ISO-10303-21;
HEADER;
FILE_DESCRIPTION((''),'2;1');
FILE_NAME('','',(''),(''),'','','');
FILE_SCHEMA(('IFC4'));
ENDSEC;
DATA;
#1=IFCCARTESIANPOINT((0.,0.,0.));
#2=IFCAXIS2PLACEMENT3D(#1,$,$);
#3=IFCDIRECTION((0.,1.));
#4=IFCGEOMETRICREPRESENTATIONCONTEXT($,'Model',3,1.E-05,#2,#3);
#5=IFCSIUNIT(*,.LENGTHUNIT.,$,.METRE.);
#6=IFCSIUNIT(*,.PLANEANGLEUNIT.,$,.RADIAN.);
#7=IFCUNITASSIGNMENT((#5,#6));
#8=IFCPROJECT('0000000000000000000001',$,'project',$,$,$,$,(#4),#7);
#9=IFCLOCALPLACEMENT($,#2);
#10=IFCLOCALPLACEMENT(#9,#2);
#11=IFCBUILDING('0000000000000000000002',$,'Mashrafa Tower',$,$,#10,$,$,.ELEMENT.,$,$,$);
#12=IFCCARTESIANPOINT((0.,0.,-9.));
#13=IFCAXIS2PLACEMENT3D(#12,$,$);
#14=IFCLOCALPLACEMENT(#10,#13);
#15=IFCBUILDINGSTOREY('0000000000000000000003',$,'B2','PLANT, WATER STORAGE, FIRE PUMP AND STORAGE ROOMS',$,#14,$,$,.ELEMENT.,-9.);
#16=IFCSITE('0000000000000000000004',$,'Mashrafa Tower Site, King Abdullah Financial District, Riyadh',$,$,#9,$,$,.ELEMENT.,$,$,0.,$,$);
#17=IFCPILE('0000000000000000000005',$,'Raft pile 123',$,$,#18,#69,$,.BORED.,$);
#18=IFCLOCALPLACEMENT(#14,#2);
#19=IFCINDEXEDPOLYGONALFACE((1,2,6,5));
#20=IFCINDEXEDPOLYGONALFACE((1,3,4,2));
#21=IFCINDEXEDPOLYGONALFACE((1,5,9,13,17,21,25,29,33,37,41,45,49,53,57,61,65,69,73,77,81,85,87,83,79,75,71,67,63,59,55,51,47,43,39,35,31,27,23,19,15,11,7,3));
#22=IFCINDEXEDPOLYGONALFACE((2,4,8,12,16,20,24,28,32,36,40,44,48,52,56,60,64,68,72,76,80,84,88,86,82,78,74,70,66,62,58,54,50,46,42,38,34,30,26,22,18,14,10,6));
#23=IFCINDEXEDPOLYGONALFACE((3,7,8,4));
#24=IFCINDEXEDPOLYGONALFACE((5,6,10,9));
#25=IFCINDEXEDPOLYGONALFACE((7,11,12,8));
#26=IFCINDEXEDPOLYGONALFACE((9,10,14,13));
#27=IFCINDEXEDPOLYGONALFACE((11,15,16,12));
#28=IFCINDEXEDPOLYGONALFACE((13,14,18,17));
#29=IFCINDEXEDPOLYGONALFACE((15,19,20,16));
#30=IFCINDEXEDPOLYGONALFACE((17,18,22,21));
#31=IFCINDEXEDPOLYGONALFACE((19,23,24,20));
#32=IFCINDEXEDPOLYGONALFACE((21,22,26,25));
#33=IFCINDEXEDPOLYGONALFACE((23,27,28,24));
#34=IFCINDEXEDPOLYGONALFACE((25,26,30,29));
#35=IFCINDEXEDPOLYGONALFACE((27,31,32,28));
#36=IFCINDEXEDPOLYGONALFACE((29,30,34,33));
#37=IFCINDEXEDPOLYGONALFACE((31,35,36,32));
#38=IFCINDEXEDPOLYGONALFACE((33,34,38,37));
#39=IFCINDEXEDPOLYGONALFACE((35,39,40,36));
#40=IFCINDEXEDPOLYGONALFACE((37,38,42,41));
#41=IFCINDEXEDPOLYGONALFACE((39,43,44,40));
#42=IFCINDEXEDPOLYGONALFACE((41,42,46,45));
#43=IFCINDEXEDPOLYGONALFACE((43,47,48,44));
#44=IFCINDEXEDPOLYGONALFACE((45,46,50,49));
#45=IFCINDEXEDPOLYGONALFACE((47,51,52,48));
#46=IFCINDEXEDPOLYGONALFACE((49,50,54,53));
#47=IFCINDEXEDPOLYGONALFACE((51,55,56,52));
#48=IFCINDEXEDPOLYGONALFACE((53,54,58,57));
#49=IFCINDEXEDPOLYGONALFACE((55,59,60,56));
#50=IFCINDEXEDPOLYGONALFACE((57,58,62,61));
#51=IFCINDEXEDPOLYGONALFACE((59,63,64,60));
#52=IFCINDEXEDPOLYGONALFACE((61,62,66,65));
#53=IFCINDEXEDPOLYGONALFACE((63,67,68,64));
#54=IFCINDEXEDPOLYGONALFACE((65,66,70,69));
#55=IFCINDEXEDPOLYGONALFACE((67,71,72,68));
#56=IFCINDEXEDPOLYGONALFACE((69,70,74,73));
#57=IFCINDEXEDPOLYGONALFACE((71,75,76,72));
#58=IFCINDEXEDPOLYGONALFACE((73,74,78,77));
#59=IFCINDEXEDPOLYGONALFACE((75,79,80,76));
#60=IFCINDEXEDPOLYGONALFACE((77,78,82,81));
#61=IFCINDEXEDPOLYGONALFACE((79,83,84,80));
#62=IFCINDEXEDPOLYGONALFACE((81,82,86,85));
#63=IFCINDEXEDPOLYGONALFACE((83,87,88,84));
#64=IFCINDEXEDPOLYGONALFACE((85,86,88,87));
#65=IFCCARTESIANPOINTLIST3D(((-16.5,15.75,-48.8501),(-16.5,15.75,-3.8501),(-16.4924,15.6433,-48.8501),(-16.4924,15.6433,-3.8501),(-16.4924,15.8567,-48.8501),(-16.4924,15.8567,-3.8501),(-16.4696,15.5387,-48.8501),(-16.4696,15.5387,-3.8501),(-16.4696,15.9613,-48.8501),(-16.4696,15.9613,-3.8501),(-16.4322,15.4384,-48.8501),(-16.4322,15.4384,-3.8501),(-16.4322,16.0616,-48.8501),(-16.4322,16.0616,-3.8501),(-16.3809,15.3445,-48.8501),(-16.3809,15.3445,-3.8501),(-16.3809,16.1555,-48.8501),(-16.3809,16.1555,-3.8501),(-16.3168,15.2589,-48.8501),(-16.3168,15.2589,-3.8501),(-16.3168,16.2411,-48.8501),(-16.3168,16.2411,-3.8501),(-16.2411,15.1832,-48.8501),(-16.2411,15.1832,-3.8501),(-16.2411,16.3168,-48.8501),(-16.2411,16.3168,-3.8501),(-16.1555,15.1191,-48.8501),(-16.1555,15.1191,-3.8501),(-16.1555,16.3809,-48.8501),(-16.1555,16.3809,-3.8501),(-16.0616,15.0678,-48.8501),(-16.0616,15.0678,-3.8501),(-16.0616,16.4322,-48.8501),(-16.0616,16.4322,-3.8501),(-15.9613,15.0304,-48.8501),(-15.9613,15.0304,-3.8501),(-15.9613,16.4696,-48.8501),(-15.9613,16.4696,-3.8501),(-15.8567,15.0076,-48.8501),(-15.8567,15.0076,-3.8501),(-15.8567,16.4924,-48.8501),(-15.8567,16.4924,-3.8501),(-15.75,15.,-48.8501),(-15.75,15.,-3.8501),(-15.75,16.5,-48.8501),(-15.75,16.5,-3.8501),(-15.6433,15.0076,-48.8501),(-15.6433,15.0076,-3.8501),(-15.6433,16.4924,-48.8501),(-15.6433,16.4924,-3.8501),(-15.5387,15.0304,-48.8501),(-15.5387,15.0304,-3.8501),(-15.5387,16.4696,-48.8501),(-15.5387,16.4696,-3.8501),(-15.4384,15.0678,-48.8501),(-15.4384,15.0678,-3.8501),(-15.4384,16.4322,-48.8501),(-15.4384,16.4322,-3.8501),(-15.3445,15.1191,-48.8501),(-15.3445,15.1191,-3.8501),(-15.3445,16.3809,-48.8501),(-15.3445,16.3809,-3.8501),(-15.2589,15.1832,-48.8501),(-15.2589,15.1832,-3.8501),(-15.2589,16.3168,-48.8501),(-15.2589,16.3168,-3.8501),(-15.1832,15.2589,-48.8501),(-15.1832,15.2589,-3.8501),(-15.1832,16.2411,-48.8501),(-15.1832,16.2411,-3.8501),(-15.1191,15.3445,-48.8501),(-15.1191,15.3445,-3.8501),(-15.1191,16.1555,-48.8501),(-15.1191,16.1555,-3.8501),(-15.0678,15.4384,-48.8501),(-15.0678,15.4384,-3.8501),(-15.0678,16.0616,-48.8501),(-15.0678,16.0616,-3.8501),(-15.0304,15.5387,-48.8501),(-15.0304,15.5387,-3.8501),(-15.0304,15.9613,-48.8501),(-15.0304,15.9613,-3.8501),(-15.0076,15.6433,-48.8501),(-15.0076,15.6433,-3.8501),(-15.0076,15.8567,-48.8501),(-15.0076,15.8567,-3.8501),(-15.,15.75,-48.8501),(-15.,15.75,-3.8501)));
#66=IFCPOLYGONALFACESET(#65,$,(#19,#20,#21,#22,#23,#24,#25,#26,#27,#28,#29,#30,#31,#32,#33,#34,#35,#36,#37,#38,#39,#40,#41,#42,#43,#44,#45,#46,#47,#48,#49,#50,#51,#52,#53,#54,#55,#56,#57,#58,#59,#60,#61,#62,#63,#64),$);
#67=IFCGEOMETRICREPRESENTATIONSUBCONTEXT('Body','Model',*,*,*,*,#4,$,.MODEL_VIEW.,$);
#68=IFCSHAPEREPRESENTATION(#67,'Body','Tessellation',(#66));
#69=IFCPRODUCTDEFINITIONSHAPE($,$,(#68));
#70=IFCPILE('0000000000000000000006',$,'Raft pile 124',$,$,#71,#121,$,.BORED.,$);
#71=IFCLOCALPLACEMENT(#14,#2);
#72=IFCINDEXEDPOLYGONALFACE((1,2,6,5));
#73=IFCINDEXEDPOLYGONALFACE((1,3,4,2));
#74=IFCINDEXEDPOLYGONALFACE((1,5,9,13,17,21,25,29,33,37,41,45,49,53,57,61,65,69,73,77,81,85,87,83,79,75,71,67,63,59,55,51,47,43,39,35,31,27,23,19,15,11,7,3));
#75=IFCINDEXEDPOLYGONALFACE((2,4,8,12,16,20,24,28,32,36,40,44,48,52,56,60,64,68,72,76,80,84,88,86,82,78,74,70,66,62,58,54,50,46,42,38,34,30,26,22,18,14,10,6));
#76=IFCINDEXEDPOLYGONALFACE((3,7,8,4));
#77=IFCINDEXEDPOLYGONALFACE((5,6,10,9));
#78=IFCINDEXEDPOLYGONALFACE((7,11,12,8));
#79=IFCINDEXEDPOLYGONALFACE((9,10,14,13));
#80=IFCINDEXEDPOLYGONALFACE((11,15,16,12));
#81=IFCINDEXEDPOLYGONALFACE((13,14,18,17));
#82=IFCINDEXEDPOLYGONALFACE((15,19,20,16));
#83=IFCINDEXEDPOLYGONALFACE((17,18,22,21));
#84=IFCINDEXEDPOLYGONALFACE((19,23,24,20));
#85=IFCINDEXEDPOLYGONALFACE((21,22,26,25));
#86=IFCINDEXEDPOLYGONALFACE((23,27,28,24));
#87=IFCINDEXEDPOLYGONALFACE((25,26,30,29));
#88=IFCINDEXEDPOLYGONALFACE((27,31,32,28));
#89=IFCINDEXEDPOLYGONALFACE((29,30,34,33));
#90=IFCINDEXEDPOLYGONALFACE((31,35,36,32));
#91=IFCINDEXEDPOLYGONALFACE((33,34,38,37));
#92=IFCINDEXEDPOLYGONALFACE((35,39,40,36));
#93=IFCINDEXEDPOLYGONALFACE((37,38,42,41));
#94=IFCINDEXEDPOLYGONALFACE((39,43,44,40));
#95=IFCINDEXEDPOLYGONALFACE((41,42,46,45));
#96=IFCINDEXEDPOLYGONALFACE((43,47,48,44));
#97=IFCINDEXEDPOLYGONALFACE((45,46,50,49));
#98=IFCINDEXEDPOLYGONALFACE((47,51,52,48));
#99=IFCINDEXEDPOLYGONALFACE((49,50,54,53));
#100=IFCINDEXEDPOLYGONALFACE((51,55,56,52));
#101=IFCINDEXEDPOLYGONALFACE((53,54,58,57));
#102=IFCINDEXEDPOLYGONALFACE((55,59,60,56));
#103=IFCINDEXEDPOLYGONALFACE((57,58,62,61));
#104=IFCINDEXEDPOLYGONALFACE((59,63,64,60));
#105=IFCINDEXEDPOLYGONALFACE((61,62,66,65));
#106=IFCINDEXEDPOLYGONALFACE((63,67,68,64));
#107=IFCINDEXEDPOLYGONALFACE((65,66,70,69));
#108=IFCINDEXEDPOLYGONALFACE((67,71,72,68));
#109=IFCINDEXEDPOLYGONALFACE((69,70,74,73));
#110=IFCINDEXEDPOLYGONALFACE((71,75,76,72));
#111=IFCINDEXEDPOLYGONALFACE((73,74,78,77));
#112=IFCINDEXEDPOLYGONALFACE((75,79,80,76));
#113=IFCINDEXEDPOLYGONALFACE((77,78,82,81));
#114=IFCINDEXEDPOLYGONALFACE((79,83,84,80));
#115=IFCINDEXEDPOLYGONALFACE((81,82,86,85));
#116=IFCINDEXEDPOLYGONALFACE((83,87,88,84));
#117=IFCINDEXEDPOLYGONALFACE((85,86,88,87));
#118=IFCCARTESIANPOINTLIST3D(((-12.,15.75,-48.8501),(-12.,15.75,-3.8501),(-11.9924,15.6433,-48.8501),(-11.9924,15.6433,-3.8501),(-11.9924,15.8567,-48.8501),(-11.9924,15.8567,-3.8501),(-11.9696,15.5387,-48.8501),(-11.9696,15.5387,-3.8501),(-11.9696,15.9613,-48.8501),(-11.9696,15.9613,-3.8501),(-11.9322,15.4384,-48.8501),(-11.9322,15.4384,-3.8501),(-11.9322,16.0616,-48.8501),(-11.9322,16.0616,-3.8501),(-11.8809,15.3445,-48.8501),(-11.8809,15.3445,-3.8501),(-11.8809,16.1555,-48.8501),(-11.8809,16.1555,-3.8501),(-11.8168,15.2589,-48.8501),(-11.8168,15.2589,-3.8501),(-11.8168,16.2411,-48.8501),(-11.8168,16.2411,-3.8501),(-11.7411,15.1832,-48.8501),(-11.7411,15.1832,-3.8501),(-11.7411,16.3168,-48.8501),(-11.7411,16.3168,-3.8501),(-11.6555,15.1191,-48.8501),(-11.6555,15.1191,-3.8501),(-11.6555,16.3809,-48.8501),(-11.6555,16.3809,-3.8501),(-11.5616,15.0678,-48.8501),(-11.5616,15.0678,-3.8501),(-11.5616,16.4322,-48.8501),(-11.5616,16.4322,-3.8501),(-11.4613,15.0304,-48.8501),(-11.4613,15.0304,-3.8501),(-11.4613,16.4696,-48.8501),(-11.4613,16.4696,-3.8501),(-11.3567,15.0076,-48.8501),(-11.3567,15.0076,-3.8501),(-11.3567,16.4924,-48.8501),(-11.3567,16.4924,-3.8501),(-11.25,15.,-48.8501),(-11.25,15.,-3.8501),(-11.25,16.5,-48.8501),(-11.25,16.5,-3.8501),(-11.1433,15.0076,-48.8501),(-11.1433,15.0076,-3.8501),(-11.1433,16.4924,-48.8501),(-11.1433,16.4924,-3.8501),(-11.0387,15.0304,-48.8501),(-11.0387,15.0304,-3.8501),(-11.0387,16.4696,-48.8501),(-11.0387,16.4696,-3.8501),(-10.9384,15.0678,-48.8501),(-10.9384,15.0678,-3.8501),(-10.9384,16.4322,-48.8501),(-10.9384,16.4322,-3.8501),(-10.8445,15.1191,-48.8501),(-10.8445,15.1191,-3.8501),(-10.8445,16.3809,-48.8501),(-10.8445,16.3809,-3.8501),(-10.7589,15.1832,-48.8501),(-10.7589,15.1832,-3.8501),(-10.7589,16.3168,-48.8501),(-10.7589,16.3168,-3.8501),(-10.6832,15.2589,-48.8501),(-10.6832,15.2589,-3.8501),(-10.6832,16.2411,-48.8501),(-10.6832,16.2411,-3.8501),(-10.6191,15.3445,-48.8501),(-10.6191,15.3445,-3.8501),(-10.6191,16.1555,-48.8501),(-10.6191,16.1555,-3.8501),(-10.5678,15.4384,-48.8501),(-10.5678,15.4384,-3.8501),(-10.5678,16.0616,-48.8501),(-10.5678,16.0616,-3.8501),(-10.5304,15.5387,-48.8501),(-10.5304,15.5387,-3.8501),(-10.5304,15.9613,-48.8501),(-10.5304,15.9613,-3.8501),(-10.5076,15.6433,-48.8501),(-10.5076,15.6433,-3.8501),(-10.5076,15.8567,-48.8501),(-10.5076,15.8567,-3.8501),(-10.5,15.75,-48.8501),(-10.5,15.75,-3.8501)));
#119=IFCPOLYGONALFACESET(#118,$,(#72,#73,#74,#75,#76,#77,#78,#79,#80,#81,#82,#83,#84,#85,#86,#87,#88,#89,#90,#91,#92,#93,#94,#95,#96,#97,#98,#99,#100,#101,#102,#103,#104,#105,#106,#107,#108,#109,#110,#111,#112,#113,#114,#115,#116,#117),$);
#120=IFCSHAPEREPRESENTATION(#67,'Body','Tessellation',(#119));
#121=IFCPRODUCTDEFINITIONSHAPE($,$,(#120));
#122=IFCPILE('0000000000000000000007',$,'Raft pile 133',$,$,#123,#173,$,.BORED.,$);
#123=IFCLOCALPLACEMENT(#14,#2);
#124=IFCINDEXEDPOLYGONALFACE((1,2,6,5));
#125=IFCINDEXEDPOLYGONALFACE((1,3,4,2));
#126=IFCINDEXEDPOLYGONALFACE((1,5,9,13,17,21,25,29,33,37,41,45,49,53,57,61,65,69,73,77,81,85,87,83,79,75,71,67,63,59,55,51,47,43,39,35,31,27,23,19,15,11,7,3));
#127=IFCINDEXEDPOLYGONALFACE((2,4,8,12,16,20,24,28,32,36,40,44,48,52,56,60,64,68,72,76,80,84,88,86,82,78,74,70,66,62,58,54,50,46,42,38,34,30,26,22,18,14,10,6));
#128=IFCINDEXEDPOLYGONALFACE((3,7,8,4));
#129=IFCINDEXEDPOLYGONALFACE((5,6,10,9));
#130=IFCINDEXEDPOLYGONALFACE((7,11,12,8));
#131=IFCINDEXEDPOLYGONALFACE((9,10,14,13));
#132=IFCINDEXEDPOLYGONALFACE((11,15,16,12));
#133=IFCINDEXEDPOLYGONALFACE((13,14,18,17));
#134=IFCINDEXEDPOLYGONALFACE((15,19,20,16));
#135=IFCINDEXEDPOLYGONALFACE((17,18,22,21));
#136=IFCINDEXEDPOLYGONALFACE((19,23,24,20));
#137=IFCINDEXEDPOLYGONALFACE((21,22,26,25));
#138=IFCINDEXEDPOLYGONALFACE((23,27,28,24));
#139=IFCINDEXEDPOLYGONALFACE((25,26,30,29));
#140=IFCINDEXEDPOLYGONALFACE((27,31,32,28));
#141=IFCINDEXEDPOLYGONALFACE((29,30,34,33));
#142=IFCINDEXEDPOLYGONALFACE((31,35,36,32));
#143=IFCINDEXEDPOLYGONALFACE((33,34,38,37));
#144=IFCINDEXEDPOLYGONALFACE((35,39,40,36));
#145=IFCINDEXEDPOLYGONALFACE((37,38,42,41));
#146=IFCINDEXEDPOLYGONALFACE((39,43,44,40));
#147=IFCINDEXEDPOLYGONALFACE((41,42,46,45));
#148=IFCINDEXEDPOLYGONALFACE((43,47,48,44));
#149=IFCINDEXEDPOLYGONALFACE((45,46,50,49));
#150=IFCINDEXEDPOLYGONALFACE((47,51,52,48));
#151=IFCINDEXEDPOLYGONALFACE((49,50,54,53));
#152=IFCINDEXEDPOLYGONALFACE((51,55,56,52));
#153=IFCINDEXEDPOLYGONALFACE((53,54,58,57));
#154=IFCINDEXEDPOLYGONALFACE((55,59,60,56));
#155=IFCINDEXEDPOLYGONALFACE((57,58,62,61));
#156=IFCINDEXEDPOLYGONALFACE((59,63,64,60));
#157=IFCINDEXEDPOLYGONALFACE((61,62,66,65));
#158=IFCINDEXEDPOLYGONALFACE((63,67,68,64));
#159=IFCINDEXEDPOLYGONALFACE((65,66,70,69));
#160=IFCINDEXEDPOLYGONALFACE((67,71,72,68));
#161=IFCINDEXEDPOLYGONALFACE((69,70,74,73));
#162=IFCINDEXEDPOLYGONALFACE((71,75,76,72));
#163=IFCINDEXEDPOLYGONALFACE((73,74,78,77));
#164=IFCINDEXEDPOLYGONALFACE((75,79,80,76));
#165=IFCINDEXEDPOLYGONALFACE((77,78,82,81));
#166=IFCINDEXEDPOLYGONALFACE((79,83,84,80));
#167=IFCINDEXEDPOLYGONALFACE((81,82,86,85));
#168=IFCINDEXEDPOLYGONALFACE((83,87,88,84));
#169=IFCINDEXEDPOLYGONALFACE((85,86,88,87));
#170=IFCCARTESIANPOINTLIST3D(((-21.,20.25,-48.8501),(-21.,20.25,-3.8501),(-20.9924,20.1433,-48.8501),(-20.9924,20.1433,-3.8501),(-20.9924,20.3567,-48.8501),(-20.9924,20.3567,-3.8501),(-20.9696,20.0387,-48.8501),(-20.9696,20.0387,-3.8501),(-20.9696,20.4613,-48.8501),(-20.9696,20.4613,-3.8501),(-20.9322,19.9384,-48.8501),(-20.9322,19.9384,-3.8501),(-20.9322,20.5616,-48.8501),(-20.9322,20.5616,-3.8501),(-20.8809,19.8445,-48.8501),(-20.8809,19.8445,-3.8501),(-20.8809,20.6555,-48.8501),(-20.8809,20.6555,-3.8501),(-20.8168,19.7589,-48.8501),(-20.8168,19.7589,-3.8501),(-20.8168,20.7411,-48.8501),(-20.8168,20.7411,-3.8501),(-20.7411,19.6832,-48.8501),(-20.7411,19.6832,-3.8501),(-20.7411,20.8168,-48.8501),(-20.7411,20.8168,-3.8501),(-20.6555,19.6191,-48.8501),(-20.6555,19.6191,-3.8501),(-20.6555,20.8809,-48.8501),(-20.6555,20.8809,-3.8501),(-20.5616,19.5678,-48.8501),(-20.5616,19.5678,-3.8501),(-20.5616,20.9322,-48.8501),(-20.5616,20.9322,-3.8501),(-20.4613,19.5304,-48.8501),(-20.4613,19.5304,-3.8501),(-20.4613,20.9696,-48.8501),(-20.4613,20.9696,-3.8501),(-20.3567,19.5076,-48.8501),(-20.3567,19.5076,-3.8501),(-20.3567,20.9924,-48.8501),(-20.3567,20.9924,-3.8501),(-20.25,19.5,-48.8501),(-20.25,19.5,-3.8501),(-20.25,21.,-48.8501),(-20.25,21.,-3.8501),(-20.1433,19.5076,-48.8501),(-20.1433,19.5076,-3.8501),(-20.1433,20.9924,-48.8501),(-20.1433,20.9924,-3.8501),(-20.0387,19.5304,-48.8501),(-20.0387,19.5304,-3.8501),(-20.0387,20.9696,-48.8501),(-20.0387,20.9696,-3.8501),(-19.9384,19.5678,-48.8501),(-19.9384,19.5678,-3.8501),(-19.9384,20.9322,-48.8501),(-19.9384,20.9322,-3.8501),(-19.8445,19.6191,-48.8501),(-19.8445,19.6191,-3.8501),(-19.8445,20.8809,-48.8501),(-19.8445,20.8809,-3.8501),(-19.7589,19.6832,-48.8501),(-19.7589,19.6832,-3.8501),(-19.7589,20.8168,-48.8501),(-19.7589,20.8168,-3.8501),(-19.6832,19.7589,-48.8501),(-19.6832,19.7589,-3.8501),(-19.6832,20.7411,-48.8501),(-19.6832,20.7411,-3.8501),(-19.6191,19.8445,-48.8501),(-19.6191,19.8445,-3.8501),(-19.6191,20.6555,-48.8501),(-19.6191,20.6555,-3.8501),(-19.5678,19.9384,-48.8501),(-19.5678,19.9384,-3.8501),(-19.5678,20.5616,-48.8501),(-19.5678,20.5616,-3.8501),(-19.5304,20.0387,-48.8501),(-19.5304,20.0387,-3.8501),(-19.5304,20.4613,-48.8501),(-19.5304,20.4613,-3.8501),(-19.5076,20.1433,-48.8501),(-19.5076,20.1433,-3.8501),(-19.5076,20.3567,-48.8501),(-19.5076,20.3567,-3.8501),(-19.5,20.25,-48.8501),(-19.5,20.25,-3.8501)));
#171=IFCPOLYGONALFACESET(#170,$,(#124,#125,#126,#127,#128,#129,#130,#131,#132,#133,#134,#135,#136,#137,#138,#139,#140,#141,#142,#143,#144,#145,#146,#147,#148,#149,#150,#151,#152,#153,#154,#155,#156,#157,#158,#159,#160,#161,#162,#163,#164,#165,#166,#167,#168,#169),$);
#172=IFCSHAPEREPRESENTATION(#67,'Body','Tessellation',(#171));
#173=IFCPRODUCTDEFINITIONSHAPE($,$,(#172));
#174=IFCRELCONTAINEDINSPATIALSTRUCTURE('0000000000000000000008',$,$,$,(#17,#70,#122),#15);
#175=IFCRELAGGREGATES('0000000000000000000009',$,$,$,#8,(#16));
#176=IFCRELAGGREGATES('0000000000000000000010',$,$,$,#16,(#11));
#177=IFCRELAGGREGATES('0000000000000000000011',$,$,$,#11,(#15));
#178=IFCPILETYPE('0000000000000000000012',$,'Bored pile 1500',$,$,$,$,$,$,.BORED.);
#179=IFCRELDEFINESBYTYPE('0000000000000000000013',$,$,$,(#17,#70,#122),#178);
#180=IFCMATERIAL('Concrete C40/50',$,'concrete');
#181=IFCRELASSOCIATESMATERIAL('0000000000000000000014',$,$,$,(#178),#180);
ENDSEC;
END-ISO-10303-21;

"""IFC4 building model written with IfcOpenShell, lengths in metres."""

from ifc_helpers import new_model, si_unit, direction, frame, origin, origin_2d, place, context, subcontext, project, spatial, circle, extrude, material, material_profile, profile_set, type_object, element, save


model = new_model("IFC4")

# Units and contexts
model_context = context("Model", 3, precision=1e-05, world=origin(), true_north=direction((0.0, 1.0)))
body_context = subcontext(model_context, "Body", "Model", "MODEL_VIEW")
ifc_project = project(units=[si_unit("LENGTHUNIT", "METRE"), si_unit("PLANEANGLEUNIT", "RADIAN")], contexts=[model_context])

# Site, building, storey
site_placement = place(None, origin())
site = spatial("IfcSite", under=ifc_project, at=site_placement, Name="Mashrafa Tower Site, King Abdullah Financial District, Riyadh", CompositionType="ELEMENT", RefElevation=0.0)
building_placement = place(site_placement, origin())
building = spatial("IfcBuilding", under=site, at=building_placement, Name="Mashrafa Tower", CompositionType="ELEMENT")
storey_placement = place(building_placement, frame((0.0, 0.0, -9.0)))
storey = spatial("IfcBuildingStorey", under=building, at=storey_placement, Name="B2", Description="PLANT, WATER STORAGE, FIRE PUMP AND STORAGE ROOMS", CompositionType="ELEMENT", Elevation=-9.0)

# Piles
ifc_material_1 = material(Name="Concrete C40/50", Category="concrete")
ifc_material_profile_1 = material_profile(ifc_material_1, circle(Radius=0.75, at=origin_2d()), Name="1500 DIA")
ifc_profile_set_1 = profile_set([ifc_material_profile_1], Name="Concrete C40/50")
pile_type_1 = type_object("IfcPileType", Name="Bored pile 1500", PredefinedType="BORED", material=ifc_profile_set_1)
for number, where, z_axis, x_axis, name in (
    (1, (-15.75, 15.75, -3.8501), (0.0, 0.0, -1.0), (1.0, 0.0, 0.0), "Raft pile 123"),
    (2, (-11.25, 15.75, -3.8501), (0.0, 0.0, -1.0), (1.0, 0.0, 0.0), "Raft pile 124"),
    (3, (-20.25, 20.25, -3.8501), (0.0, 0.0, -1.0), (1.0, 0.0, 0.0), "Raft pile 133"),
):
    element("IfcPile", number, at=place(storey_placement, frame(where, z_axis=z_axis, x_axis=x_axis)), inside=storey, type_object=pile_type_1, Name=name, PredefinedType="BORED", context=body_context, shape_type="SweptSolid", body=[
        extrude(circle(Radius=0.75, at=origin_2d()), origin(), (0.0, 0.0, 1.0), 45.0),
    ])

save(model, "model.ifc")
